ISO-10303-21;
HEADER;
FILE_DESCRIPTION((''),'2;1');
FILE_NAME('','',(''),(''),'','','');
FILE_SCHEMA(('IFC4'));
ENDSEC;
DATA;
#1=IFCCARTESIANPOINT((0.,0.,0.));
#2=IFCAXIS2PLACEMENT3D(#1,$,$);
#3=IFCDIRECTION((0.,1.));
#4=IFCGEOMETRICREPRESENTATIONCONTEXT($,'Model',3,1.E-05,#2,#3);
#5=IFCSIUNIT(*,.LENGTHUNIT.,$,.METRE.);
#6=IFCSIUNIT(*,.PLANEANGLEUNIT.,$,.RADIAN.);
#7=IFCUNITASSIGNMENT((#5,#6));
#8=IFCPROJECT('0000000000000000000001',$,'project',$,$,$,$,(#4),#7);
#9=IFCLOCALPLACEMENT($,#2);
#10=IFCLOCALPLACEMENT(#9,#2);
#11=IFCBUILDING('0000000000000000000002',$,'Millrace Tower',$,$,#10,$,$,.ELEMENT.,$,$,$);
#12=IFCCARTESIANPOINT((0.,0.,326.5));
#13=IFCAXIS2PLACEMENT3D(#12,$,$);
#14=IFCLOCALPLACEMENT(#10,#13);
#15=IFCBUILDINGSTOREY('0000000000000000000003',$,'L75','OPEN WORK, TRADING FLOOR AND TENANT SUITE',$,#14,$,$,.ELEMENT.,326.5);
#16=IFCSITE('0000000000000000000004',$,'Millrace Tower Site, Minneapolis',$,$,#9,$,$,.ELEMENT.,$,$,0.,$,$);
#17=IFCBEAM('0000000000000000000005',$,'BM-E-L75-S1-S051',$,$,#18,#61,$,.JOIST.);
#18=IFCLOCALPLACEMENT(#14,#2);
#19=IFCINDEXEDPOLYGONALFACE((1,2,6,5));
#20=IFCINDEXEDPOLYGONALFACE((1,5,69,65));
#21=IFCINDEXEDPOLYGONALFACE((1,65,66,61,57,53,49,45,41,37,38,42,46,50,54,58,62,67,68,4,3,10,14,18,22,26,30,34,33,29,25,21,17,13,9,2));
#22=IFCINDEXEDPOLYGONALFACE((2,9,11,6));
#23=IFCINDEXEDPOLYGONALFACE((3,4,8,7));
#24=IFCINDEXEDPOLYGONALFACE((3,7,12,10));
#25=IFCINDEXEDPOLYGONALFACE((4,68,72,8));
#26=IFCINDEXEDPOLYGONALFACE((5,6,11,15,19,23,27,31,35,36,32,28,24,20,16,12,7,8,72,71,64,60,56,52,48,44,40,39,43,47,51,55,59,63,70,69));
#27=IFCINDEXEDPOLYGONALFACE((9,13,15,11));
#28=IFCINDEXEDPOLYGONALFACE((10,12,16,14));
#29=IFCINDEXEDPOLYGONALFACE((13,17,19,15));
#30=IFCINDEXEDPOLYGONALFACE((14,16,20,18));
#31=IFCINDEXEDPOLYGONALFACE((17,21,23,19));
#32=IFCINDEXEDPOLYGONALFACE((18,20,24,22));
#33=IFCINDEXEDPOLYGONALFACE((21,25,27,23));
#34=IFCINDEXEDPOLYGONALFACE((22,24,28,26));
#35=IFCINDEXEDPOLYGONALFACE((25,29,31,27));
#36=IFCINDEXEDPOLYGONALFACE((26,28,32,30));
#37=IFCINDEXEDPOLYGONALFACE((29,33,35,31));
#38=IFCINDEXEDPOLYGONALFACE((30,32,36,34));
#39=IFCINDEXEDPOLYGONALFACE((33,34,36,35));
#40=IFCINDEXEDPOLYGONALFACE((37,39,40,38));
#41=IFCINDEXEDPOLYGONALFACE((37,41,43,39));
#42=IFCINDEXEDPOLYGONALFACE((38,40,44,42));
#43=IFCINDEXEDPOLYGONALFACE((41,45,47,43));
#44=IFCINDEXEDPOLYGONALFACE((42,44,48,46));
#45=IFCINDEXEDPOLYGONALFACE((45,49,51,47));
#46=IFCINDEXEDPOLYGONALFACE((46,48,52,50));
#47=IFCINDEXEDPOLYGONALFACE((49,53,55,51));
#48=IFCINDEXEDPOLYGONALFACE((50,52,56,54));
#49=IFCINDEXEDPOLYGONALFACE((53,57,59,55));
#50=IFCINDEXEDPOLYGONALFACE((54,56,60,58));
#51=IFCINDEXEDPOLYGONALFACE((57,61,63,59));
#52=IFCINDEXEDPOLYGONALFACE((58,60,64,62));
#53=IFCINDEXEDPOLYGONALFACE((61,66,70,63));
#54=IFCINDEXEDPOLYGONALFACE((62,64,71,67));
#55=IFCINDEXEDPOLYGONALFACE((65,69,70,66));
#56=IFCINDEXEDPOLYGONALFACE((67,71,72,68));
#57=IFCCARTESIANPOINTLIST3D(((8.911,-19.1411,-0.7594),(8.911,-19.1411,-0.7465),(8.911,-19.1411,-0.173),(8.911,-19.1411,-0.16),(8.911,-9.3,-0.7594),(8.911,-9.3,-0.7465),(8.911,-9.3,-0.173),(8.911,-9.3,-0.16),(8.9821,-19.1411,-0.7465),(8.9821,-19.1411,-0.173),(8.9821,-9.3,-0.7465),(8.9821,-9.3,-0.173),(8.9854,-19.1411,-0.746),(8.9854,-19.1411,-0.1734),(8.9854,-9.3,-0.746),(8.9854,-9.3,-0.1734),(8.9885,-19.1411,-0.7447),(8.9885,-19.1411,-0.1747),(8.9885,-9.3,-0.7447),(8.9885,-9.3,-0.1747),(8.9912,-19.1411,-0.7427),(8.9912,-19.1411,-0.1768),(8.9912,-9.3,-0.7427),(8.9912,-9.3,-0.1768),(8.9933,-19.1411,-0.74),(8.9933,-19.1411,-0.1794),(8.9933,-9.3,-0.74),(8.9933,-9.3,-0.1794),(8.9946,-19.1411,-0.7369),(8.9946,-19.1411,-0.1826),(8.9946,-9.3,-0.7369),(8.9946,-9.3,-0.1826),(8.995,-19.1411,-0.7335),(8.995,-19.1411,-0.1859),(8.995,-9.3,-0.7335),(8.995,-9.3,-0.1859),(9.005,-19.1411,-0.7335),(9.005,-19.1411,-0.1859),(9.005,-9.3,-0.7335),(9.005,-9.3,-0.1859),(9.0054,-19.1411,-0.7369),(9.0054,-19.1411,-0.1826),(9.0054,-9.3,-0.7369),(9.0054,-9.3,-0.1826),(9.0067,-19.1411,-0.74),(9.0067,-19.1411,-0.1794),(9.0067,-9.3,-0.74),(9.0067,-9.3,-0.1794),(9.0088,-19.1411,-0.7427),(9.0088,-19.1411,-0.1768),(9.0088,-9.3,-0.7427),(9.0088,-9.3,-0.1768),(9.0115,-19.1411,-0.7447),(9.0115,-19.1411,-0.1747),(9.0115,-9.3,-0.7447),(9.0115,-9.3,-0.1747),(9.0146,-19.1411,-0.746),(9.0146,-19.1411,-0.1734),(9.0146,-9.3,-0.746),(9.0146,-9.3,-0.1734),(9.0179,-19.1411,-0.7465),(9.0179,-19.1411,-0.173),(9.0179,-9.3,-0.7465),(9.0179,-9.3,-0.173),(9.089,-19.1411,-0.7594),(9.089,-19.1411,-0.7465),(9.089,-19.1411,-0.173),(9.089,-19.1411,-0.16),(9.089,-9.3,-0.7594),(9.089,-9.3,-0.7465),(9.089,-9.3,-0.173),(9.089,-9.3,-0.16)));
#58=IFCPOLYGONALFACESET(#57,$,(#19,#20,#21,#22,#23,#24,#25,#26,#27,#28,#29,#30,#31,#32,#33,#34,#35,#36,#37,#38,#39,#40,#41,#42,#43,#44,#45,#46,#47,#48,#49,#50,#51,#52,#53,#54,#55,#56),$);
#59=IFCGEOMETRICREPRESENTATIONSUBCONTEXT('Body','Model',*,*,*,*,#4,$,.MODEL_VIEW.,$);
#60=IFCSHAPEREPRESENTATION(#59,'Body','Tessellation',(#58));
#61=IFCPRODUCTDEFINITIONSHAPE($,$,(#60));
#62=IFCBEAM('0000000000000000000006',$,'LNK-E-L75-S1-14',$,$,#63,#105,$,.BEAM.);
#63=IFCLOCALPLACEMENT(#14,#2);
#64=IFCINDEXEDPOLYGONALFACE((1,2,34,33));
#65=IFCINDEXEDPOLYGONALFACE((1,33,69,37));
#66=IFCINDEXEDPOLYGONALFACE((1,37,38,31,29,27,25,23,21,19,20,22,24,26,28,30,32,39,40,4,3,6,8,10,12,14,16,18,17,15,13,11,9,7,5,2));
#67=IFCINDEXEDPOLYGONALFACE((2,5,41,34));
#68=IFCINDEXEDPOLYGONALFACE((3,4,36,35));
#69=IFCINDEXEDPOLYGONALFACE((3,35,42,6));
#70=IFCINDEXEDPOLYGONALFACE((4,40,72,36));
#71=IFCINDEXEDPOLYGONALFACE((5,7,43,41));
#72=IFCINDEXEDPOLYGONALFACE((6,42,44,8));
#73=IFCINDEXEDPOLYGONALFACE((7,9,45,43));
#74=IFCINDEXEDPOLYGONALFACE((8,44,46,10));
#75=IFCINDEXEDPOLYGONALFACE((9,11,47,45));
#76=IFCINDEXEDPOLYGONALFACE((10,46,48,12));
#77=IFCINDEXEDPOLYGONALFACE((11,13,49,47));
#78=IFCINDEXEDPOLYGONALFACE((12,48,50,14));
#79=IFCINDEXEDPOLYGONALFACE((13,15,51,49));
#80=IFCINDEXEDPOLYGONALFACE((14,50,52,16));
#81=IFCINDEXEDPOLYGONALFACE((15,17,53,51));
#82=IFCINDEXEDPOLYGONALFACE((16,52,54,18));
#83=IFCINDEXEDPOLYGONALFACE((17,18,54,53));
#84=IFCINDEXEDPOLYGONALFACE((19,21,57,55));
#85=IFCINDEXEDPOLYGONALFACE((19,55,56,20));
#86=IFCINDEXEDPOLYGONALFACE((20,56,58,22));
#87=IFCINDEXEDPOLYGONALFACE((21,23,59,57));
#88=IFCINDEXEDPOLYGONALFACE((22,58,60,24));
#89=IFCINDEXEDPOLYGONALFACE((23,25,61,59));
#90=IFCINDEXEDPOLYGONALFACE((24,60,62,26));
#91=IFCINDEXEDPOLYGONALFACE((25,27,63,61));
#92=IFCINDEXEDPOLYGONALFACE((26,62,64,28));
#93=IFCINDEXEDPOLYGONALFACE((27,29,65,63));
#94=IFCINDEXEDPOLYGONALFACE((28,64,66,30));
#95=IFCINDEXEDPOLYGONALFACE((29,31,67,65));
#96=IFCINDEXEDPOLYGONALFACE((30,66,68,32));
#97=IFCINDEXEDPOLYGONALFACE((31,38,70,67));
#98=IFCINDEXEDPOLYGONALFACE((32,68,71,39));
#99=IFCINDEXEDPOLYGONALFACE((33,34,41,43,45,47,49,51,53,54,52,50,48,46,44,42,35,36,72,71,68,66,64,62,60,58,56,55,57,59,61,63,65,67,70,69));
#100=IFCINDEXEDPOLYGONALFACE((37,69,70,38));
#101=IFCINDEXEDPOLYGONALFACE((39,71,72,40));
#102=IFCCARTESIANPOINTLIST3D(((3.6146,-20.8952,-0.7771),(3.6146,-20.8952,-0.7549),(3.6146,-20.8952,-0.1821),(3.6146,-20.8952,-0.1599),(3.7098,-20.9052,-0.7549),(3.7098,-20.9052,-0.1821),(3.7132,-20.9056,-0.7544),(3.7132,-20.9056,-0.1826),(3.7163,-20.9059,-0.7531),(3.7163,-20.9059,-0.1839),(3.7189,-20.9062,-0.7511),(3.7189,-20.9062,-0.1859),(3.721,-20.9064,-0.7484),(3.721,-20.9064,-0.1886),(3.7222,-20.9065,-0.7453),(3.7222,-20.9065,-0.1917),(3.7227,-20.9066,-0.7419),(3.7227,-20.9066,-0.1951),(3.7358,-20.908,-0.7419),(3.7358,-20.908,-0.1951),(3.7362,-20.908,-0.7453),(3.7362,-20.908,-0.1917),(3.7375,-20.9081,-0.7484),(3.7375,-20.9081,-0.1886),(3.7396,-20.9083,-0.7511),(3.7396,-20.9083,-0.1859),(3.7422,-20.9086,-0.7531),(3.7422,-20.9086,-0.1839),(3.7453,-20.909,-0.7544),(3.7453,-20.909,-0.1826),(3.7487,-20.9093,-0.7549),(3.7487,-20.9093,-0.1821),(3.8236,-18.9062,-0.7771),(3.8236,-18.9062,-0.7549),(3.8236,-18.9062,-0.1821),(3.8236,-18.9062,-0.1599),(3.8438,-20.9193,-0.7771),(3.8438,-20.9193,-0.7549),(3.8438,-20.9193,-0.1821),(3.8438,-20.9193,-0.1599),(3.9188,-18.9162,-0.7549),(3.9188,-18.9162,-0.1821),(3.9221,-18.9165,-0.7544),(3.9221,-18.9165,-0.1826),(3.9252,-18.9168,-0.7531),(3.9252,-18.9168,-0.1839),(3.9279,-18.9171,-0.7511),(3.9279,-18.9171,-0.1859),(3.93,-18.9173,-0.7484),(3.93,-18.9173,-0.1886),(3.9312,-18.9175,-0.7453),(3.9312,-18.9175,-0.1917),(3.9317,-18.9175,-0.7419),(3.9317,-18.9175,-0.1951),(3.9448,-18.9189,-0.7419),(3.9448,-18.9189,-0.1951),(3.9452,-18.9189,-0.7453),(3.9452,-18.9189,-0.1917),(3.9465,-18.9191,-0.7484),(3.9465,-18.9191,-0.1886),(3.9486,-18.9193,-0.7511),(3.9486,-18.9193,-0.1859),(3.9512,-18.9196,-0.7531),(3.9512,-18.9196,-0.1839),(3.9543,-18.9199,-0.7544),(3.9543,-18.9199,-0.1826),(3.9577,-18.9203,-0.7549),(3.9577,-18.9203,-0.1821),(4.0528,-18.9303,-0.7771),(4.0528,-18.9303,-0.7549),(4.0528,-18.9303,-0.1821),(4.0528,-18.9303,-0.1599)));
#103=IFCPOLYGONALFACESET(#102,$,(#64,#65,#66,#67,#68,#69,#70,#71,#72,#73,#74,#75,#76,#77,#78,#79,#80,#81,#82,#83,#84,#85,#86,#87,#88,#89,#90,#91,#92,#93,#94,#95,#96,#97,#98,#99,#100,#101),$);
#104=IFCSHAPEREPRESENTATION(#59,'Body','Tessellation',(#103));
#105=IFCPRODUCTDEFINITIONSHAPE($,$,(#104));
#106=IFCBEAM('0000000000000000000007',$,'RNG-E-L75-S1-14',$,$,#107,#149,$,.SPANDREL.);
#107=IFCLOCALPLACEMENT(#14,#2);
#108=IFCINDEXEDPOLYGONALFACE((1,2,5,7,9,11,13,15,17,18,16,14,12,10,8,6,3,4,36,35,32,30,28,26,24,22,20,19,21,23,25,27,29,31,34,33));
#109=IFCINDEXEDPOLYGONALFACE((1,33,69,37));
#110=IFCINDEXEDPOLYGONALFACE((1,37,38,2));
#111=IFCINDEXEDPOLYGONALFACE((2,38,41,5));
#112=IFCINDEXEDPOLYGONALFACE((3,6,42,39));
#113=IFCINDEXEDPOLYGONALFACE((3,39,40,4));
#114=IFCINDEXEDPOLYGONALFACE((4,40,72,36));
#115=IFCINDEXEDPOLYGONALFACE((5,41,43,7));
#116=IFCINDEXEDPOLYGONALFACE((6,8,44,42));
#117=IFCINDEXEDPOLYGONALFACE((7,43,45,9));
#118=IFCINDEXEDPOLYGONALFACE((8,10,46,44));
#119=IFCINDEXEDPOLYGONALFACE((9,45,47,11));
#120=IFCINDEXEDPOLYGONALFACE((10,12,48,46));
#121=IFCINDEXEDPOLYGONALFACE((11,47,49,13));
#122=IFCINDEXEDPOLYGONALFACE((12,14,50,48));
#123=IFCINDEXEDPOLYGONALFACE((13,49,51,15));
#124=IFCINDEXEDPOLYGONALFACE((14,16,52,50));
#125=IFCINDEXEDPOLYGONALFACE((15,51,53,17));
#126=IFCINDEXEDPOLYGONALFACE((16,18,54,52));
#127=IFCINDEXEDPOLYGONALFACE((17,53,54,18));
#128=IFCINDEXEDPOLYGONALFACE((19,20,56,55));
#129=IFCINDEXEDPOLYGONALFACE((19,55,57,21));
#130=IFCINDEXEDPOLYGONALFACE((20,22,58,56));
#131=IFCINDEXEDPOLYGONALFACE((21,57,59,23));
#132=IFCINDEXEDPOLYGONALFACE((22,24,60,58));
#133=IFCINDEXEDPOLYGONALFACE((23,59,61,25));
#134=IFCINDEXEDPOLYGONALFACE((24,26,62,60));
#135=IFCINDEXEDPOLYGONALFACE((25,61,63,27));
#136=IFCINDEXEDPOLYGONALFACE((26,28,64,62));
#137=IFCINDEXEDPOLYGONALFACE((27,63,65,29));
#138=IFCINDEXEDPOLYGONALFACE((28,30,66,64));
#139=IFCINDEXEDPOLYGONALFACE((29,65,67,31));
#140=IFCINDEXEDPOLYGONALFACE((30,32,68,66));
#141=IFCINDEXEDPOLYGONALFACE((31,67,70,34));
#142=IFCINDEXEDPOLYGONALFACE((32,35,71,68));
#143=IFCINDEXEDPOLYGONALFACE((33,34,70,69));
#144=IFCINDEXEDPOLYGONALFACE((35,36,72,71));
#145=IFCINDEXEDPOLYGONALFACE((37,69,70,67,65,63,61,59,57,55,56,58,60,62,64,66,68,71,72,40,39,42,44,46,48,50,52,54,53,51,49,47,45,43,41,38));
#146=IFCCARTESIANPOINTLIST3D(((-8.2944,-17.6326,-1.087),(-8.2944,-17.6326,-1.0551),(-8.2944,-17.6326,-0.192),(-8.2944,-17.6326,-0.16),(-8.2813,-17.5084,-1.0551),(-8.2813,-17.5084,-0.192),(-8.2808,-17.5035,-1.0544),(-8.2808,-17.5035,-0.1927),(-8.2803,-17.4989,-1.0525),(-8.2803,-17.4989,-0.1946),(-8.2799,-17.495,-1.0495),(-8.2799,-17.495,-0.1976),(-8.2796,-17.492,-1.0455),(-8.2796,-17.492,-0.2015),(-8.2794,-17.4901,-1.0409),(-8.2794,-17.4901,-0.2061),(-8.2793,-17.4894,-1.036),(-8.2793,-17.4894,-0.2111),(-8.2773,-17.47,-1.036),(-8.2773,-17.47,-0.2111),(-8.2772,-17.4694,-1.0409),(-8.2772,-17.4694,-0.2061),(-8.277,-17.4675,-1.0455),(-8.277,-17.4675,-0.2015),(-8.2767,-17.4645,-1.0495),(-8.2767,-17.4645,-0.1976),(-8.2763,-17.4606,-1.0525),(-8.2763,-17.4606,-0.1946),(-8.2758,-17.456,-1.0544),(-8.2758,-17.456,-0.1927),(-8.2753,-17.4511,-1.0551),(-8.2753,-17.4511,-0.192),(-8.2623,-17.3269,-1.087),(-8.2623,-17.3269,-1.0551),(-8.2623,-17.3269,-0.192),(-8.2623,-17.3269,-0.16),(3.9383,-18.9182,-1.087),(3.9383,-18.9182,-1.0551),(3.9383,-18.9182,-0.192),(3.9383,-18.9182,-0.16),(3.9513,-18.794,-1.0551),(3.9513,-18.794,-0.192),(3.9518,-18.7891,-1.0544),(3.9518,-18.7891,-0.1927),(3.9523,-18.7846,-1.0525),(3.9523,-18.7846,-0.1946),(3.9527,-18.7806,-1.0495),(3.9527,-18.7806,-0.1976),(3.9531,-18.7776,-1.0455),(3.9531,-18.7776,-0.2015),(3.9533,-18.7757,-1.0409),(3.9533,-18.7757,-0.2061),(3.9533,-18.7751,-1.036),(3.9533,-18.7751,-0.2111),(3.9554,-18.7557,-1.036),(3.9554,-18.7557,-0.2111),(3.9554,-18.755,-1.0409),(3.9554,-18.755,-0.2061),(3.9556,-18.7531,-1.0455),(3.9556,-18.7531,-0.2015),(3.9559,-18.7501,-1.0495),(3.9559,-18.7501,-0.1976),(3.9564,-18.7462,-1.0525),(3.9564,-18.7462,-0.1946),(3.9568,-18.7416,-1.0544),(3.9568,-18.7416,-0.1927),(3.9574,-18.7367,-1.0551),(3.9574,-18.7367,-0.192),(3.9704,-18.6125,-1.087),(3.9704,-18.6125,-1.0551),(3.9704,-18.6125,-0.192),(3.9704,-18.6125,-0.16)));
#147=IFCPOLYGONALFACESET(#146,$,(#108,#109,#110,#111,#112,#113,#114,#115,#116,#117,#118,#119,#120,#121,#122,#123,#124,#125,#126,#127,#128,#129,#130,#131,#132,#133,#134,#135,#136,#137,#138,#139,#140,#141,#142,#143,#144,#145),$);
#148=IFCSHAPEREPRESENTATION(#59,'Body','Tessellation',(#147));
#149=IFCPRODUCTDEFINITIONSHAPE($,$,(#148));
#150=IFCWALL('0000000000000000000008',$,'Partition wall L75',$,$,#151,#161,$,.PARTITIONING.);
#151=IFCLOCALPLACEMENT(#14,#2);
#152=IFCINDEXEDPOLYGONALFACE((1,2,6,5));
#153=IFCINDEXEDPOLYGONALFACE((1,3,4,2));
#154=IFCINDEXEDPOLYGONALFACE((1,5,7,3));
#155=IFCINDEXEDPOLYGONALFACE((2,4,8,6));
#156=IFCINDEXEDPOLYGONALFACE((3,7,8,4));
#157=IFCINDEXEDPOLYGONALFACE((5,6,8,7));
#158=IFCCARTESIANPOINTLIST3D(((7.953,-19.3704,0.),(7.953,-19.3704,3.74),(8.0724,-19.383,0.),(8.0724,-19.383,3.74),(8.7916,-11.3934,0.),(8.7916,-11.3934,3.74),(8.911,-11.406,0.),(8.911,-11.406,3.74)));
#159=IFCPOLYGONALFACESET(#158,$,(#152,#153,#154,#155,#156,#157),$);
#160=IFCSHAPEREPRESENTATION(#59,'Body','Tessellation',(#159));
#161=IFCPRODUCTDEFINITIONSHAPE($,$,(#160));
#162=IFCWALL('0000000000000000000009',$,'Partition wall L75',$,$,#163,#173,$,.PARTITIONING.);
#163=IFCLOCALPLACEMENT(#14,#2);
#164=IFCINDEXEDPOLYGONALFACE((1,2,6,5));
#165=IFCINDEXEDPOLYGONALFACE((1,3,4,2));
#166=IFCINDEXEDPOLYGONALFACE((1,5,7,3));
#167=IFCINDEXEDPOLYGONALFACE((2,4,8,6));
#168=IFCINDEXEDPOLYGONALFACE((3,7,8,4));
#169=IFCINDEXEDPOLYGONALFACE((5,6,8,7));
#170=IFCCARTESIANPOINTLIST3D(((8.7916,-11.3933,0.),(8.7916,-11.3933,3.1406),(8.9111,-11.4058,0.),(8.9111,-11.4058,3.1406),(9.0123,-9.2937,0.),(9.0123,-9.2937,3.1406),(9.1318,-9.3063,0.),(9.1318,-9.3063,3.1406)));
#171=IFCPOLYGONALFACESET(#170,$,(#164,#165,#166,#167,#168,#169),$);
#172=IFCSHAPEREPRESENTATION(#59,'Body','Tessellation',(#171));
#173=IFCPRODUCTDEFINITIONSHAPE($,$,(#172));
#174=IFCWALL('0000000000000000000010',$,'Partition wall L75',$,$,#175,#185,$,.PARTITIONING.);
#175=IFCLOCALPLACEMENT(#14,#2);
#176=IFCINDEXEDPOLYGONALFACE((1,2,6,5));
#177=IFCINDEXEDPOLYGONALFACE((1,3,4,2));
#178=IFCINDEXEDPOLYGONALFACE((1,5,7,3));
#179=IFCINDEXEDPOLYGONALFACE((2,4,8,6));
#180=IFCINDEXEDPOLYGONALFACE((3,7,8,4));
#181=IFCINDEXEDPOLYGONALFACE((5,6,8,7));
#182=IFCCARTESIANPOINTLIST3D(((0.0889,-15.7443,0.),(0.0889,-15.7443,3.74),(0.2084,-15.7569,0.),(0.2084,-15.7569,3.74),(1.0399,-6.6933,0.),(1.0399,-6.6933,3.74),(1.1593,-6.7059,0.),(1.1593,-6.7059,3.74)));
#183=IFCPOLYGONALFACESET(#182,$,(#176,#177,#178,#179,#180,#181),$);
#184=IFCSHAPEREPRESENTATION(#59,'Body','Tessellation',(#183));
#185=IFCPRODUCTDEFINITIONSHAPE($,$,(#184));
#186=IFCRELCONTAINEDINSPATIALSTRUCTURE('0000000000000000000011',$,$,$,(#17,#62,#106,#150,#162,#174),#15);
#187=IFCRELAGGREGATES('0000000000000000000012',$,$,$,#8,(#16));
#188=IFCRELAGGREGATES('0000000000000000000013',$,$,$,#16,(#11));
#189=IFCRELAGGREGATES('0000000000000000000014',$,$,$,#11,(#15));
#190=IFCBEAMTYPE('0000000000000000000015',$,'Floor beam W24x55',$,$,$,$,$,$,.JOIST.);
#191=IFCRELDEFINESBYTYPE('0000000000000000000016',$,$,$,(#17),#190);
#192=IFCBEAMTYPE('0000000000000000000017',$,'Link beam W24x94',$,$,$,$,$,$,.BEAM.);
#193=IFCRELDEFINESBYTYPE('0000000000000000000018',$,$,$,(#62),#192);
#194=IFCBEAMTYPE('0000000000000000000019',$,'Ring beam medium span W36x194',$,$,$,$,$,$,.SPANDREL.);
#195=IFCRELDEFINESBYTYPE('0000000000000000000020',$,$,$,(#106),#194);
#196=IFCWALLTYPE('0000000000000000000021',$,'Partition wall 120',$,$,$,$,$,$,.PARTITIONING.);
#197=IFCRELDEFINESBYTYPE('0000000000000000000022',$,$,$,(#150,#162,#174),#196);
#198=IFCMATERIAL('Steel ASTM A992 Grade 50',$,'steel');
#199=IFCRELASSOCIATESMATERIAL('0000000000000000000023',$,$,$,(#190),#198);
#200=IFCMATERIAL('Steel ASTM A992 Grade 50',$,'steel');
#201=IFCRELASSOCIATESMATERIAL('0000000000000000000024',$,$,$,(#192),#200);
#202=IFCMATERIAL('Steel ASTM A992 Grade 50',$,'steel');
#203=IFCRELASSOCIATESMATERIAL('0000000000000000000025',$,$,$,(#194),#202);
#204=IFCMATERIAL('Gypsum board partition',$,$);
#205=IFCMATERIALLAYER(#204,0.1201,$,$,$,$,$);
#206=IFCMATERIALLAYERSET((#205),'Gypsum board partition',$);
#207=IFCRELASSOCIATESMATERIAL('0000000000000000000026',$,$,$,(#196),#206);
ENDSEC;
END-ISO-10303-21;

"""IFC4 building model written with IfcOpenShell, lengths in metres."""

from ifc_helpers import new_model, si_unit, direction, frame, frame_2d, origin, origin_2d, place, context, subcontext, project, spatial, rectangle, i_section, extrude, material, layer, layer_set, material_profile, profile_set, type_object, element, save


model = new_model("IFC4")

# Units and contexts
model_context = context("Model", 3, precision=1e-05, world=origin(), true_north=direction((0.0, 1.0)))
body_context = subcontext(model_context, "Body", "Model", "MODEL_VIEW")
ifc_project = project(units=[si_unit("LENGTHUNIT", "METRE"), si_unit("PLANEANGLEUNIT", "RADIAN")], contexts=[model_context])

# Site, building, storey
site_placement = place(None, origin())
site = spatial("IfcSite", under=ifc_project, at=site_placement, Name="Millrace Tower Site, Minneapolis", CompositionType="ELEMENT", RefElevation=0.0)
building_placement = place(site_placement, origin())
building = spatial("IfcBuilding", under=site, at=building_placement, Name="Millrace Tower", CompositionType="ELEMENT")
storey_placement = place(building_placement, frame((0.0, 0.0, 326.5)))
storey = spatial("IfcBuildingStorey", under=building, at=storey_placement, Name="L75", Description="OPEN WORK, TRADING FLOOR AND TENANT SUITE", CompositionType="ELEMENT", Elevation=326.5)

# Beams
ifc_material_1 = material(Name="Steel ASTM A992 Grade 50", Category="steel")
ifc_material_profile_1 = material_profile(ifc_material_1, i_section(OverallWidth=0.178, OverallDepth=0.5994, WebThickness=0.01, FlangeThickness=0.0129, FilletRadius=0.0129, at=origin_2d()))
ifc_profile_set_1 = profile_set([ifc_material_profile_1], Name="Steel ASTM A992 Grade 50")
beam_type_1 = type_object("IfcBeamType", Name="Floor beam W24x55", PredefinedType="JOIST", material=ifc_profile_set_1)
beam_1_placement = place(storey_placement, frame((9.0, -19.1411, -0.4597), z_axis=(0.0, 1.0, 0.0), x_axis=(-1.0, 0.0, 0.0)))
element("IfcBeam", 1, at=beam_1_placement, inside=storey, type_object=beam_type_1, Name="BM-E-L75-S1-S051", PredefinedType="JOIST", context=body_context, shape_type="SweptSolid", body=[
    extrude(i_section(OverallWidth=0.178, OverallDepth=0.5994, WebThickness=0.01, FlangeThickness=0.0129, FilletRadius=0.0129, at=origin_2d()), origin(), (0.0, 0.0, 1.0), 9.8411),
])
ifc_material_2 = material(Name="Steel ASTM A992 Grade 50", Category="steel")
ifc_material_profile_2 = material_profile(ifc_material_2, i_section(OverallWidth=0.2305, OverallDepth=0.6172, WebThickness=0.0132, FlangeThickness=0.0222, FilletRadius=0.0129, at=origin_2d()))
ifc_profile_set_2 = profile_set([ifc_material_profile_2], Name="Steel ASTM A992 Grade 50")
beam_type_2 = type_object("IfcBeamType", Name="Link beam W24x94", PredefinedType="BEAM", material=ifc_profile_set_2)
beam_2_placement = place(storey_placement, frame((3.9382, -18.9182, -0.4685), z_axis=(-0.104494, -0.994526, 0.0), x_axis=(0.994526, -0.104494, 0.0)))
element("IfcBeam", 2, at=beam_2_placement, inside=storey, type_object=beam_type_2, Name="LNK-E-L75-S1-14", PredefinedType="BEAM", context=body_context, shape_type="SweptSolid", body=[
    extrude(i_section(OverallWidth=0.2305, OverallDepth=0.6172, WebThickness=0.0132, FlangeThickness=0.0222, FilletRadius=0.0129, at=origin_2d()), origin(), (0.0, 0.0, 1.0), 2.0),
])
ifc_material_3 = material(Name="Steel ASTM A992 Grade 50", Category="steel")
ifc_material_profile_3 = material_profile(ifc_material_3, i_section(OverallWidth=0.3074, OverallDepth=0.927, WebThickness=0.0195, FlangeThickness=0.032, FilletRadius=0.019, at=origin_2d()))
ifc_profile_set_3 = profile_set([ifc_material_profile_3], Name="Steel ASTM A992 Grade 50")
beam_type_3 = type_object("IfcBeamType", Name="Ring beam medium span W36x194", PredefinedType="SPANDREL", material=ifc_profile_set_3)
beam_3_placement = place(storey_placement, frame((3.9543, -18.7654, -0.6235), z_axis=(-0.994522, 0.104524, 0.0), x_axis=(-0.104524, -0.994522, 0.0)))
element("IfcBeam", 3, at=beam_3_placement, inside=storey, type_object=beam_type_3, Name="RNG-E-L75-S1-14", PredefinedType="SPANDREL", context=body_context, shape_type="SweptSolid", body=[
    extrude(i_section(OverallWidth=0.3074, OverallDepth=0.927, WebThickness=0.0195, FlangeThickness=0.032, FilletRadius=0.019, at=origin_2d()), origin(), (0.0, 0.0, 1.0), 12.3),
])

# Walls
ifc_material_4 = material(Name="Gypsum board partition")
ifc_layer_1 = layer(ifc_material_4, 0.1201)
ifc_layer_set_1 = layer_set([ifc_layer_1], Name="Gypsum board partition")
wall_type_1 = type_object("IfcWallType", Name="Partition wall 120", PredefinedType="PARTITIONING", material=ifc_layer_set_1)
wall_1_placement = place(storey_placement, frame((8.0127, -19.3767, 0.0), z_axis=(0.0, 0.0, 1.0), x_axis=(0.104553, 0.994519, 0.0)))
element("IfcWall", 4, at=wall_1_placement, inside=storey, type_object=wall_type_1, Name="Partition wall L75", PredefinedType="PARTITIONING", context=body_context, shape_type="SweptSolid", body=[
    extrude(rectangle(XDim=8.021, YDim=0.1201, at=frame_2d((4.0105, 0.0))), origin(), (0.0, 0.0, 1.0), 3.74),
])
wall_2_placement = place(storey_placement, frame((8.8513, -11.3997, 0.0), z_axis=(0.0, 0.0, 1.0), x_axis=(0.10454, 0.994521, 0.0)))
element("IfcWall", 5, at=wall_2_placement, inside=storey, type_object=wall_type_1, Name="Partition wall L75", PredefinedType="PARTITIONING", context=body_context, shape_type="SweptSolid", body=[
    extrude(rectangle(XDim=2.1111, YDim=0.1201, at=frame_2d((1.0557, 0.0))), origin(), (0.0, 0.0, 1.0), 3.1406),
])
wall_3_placement = place(storey_placement, frame((0.1487, -15.7505, 0.0), z_axis=(0.0, 0.0, 1.0), x_axis=(0.104488, 0.994526, 0.0)))
element("IfcWall", 6, at=wall_3_placement, inside=storey, type_object=wall_type_1, Name="Partition wall L75", PredefinedType="PARTITIONING", context=body_context, shape_type="SweptSolid", body=[
    extrude(rectangle(XDim=9.1008, YDim=0.1201, at=frame_2d((4.5503, 0.0))), origin(), (0.0, 0.0, 1.0), 3.74),
])

save(model, "model.ifc")
